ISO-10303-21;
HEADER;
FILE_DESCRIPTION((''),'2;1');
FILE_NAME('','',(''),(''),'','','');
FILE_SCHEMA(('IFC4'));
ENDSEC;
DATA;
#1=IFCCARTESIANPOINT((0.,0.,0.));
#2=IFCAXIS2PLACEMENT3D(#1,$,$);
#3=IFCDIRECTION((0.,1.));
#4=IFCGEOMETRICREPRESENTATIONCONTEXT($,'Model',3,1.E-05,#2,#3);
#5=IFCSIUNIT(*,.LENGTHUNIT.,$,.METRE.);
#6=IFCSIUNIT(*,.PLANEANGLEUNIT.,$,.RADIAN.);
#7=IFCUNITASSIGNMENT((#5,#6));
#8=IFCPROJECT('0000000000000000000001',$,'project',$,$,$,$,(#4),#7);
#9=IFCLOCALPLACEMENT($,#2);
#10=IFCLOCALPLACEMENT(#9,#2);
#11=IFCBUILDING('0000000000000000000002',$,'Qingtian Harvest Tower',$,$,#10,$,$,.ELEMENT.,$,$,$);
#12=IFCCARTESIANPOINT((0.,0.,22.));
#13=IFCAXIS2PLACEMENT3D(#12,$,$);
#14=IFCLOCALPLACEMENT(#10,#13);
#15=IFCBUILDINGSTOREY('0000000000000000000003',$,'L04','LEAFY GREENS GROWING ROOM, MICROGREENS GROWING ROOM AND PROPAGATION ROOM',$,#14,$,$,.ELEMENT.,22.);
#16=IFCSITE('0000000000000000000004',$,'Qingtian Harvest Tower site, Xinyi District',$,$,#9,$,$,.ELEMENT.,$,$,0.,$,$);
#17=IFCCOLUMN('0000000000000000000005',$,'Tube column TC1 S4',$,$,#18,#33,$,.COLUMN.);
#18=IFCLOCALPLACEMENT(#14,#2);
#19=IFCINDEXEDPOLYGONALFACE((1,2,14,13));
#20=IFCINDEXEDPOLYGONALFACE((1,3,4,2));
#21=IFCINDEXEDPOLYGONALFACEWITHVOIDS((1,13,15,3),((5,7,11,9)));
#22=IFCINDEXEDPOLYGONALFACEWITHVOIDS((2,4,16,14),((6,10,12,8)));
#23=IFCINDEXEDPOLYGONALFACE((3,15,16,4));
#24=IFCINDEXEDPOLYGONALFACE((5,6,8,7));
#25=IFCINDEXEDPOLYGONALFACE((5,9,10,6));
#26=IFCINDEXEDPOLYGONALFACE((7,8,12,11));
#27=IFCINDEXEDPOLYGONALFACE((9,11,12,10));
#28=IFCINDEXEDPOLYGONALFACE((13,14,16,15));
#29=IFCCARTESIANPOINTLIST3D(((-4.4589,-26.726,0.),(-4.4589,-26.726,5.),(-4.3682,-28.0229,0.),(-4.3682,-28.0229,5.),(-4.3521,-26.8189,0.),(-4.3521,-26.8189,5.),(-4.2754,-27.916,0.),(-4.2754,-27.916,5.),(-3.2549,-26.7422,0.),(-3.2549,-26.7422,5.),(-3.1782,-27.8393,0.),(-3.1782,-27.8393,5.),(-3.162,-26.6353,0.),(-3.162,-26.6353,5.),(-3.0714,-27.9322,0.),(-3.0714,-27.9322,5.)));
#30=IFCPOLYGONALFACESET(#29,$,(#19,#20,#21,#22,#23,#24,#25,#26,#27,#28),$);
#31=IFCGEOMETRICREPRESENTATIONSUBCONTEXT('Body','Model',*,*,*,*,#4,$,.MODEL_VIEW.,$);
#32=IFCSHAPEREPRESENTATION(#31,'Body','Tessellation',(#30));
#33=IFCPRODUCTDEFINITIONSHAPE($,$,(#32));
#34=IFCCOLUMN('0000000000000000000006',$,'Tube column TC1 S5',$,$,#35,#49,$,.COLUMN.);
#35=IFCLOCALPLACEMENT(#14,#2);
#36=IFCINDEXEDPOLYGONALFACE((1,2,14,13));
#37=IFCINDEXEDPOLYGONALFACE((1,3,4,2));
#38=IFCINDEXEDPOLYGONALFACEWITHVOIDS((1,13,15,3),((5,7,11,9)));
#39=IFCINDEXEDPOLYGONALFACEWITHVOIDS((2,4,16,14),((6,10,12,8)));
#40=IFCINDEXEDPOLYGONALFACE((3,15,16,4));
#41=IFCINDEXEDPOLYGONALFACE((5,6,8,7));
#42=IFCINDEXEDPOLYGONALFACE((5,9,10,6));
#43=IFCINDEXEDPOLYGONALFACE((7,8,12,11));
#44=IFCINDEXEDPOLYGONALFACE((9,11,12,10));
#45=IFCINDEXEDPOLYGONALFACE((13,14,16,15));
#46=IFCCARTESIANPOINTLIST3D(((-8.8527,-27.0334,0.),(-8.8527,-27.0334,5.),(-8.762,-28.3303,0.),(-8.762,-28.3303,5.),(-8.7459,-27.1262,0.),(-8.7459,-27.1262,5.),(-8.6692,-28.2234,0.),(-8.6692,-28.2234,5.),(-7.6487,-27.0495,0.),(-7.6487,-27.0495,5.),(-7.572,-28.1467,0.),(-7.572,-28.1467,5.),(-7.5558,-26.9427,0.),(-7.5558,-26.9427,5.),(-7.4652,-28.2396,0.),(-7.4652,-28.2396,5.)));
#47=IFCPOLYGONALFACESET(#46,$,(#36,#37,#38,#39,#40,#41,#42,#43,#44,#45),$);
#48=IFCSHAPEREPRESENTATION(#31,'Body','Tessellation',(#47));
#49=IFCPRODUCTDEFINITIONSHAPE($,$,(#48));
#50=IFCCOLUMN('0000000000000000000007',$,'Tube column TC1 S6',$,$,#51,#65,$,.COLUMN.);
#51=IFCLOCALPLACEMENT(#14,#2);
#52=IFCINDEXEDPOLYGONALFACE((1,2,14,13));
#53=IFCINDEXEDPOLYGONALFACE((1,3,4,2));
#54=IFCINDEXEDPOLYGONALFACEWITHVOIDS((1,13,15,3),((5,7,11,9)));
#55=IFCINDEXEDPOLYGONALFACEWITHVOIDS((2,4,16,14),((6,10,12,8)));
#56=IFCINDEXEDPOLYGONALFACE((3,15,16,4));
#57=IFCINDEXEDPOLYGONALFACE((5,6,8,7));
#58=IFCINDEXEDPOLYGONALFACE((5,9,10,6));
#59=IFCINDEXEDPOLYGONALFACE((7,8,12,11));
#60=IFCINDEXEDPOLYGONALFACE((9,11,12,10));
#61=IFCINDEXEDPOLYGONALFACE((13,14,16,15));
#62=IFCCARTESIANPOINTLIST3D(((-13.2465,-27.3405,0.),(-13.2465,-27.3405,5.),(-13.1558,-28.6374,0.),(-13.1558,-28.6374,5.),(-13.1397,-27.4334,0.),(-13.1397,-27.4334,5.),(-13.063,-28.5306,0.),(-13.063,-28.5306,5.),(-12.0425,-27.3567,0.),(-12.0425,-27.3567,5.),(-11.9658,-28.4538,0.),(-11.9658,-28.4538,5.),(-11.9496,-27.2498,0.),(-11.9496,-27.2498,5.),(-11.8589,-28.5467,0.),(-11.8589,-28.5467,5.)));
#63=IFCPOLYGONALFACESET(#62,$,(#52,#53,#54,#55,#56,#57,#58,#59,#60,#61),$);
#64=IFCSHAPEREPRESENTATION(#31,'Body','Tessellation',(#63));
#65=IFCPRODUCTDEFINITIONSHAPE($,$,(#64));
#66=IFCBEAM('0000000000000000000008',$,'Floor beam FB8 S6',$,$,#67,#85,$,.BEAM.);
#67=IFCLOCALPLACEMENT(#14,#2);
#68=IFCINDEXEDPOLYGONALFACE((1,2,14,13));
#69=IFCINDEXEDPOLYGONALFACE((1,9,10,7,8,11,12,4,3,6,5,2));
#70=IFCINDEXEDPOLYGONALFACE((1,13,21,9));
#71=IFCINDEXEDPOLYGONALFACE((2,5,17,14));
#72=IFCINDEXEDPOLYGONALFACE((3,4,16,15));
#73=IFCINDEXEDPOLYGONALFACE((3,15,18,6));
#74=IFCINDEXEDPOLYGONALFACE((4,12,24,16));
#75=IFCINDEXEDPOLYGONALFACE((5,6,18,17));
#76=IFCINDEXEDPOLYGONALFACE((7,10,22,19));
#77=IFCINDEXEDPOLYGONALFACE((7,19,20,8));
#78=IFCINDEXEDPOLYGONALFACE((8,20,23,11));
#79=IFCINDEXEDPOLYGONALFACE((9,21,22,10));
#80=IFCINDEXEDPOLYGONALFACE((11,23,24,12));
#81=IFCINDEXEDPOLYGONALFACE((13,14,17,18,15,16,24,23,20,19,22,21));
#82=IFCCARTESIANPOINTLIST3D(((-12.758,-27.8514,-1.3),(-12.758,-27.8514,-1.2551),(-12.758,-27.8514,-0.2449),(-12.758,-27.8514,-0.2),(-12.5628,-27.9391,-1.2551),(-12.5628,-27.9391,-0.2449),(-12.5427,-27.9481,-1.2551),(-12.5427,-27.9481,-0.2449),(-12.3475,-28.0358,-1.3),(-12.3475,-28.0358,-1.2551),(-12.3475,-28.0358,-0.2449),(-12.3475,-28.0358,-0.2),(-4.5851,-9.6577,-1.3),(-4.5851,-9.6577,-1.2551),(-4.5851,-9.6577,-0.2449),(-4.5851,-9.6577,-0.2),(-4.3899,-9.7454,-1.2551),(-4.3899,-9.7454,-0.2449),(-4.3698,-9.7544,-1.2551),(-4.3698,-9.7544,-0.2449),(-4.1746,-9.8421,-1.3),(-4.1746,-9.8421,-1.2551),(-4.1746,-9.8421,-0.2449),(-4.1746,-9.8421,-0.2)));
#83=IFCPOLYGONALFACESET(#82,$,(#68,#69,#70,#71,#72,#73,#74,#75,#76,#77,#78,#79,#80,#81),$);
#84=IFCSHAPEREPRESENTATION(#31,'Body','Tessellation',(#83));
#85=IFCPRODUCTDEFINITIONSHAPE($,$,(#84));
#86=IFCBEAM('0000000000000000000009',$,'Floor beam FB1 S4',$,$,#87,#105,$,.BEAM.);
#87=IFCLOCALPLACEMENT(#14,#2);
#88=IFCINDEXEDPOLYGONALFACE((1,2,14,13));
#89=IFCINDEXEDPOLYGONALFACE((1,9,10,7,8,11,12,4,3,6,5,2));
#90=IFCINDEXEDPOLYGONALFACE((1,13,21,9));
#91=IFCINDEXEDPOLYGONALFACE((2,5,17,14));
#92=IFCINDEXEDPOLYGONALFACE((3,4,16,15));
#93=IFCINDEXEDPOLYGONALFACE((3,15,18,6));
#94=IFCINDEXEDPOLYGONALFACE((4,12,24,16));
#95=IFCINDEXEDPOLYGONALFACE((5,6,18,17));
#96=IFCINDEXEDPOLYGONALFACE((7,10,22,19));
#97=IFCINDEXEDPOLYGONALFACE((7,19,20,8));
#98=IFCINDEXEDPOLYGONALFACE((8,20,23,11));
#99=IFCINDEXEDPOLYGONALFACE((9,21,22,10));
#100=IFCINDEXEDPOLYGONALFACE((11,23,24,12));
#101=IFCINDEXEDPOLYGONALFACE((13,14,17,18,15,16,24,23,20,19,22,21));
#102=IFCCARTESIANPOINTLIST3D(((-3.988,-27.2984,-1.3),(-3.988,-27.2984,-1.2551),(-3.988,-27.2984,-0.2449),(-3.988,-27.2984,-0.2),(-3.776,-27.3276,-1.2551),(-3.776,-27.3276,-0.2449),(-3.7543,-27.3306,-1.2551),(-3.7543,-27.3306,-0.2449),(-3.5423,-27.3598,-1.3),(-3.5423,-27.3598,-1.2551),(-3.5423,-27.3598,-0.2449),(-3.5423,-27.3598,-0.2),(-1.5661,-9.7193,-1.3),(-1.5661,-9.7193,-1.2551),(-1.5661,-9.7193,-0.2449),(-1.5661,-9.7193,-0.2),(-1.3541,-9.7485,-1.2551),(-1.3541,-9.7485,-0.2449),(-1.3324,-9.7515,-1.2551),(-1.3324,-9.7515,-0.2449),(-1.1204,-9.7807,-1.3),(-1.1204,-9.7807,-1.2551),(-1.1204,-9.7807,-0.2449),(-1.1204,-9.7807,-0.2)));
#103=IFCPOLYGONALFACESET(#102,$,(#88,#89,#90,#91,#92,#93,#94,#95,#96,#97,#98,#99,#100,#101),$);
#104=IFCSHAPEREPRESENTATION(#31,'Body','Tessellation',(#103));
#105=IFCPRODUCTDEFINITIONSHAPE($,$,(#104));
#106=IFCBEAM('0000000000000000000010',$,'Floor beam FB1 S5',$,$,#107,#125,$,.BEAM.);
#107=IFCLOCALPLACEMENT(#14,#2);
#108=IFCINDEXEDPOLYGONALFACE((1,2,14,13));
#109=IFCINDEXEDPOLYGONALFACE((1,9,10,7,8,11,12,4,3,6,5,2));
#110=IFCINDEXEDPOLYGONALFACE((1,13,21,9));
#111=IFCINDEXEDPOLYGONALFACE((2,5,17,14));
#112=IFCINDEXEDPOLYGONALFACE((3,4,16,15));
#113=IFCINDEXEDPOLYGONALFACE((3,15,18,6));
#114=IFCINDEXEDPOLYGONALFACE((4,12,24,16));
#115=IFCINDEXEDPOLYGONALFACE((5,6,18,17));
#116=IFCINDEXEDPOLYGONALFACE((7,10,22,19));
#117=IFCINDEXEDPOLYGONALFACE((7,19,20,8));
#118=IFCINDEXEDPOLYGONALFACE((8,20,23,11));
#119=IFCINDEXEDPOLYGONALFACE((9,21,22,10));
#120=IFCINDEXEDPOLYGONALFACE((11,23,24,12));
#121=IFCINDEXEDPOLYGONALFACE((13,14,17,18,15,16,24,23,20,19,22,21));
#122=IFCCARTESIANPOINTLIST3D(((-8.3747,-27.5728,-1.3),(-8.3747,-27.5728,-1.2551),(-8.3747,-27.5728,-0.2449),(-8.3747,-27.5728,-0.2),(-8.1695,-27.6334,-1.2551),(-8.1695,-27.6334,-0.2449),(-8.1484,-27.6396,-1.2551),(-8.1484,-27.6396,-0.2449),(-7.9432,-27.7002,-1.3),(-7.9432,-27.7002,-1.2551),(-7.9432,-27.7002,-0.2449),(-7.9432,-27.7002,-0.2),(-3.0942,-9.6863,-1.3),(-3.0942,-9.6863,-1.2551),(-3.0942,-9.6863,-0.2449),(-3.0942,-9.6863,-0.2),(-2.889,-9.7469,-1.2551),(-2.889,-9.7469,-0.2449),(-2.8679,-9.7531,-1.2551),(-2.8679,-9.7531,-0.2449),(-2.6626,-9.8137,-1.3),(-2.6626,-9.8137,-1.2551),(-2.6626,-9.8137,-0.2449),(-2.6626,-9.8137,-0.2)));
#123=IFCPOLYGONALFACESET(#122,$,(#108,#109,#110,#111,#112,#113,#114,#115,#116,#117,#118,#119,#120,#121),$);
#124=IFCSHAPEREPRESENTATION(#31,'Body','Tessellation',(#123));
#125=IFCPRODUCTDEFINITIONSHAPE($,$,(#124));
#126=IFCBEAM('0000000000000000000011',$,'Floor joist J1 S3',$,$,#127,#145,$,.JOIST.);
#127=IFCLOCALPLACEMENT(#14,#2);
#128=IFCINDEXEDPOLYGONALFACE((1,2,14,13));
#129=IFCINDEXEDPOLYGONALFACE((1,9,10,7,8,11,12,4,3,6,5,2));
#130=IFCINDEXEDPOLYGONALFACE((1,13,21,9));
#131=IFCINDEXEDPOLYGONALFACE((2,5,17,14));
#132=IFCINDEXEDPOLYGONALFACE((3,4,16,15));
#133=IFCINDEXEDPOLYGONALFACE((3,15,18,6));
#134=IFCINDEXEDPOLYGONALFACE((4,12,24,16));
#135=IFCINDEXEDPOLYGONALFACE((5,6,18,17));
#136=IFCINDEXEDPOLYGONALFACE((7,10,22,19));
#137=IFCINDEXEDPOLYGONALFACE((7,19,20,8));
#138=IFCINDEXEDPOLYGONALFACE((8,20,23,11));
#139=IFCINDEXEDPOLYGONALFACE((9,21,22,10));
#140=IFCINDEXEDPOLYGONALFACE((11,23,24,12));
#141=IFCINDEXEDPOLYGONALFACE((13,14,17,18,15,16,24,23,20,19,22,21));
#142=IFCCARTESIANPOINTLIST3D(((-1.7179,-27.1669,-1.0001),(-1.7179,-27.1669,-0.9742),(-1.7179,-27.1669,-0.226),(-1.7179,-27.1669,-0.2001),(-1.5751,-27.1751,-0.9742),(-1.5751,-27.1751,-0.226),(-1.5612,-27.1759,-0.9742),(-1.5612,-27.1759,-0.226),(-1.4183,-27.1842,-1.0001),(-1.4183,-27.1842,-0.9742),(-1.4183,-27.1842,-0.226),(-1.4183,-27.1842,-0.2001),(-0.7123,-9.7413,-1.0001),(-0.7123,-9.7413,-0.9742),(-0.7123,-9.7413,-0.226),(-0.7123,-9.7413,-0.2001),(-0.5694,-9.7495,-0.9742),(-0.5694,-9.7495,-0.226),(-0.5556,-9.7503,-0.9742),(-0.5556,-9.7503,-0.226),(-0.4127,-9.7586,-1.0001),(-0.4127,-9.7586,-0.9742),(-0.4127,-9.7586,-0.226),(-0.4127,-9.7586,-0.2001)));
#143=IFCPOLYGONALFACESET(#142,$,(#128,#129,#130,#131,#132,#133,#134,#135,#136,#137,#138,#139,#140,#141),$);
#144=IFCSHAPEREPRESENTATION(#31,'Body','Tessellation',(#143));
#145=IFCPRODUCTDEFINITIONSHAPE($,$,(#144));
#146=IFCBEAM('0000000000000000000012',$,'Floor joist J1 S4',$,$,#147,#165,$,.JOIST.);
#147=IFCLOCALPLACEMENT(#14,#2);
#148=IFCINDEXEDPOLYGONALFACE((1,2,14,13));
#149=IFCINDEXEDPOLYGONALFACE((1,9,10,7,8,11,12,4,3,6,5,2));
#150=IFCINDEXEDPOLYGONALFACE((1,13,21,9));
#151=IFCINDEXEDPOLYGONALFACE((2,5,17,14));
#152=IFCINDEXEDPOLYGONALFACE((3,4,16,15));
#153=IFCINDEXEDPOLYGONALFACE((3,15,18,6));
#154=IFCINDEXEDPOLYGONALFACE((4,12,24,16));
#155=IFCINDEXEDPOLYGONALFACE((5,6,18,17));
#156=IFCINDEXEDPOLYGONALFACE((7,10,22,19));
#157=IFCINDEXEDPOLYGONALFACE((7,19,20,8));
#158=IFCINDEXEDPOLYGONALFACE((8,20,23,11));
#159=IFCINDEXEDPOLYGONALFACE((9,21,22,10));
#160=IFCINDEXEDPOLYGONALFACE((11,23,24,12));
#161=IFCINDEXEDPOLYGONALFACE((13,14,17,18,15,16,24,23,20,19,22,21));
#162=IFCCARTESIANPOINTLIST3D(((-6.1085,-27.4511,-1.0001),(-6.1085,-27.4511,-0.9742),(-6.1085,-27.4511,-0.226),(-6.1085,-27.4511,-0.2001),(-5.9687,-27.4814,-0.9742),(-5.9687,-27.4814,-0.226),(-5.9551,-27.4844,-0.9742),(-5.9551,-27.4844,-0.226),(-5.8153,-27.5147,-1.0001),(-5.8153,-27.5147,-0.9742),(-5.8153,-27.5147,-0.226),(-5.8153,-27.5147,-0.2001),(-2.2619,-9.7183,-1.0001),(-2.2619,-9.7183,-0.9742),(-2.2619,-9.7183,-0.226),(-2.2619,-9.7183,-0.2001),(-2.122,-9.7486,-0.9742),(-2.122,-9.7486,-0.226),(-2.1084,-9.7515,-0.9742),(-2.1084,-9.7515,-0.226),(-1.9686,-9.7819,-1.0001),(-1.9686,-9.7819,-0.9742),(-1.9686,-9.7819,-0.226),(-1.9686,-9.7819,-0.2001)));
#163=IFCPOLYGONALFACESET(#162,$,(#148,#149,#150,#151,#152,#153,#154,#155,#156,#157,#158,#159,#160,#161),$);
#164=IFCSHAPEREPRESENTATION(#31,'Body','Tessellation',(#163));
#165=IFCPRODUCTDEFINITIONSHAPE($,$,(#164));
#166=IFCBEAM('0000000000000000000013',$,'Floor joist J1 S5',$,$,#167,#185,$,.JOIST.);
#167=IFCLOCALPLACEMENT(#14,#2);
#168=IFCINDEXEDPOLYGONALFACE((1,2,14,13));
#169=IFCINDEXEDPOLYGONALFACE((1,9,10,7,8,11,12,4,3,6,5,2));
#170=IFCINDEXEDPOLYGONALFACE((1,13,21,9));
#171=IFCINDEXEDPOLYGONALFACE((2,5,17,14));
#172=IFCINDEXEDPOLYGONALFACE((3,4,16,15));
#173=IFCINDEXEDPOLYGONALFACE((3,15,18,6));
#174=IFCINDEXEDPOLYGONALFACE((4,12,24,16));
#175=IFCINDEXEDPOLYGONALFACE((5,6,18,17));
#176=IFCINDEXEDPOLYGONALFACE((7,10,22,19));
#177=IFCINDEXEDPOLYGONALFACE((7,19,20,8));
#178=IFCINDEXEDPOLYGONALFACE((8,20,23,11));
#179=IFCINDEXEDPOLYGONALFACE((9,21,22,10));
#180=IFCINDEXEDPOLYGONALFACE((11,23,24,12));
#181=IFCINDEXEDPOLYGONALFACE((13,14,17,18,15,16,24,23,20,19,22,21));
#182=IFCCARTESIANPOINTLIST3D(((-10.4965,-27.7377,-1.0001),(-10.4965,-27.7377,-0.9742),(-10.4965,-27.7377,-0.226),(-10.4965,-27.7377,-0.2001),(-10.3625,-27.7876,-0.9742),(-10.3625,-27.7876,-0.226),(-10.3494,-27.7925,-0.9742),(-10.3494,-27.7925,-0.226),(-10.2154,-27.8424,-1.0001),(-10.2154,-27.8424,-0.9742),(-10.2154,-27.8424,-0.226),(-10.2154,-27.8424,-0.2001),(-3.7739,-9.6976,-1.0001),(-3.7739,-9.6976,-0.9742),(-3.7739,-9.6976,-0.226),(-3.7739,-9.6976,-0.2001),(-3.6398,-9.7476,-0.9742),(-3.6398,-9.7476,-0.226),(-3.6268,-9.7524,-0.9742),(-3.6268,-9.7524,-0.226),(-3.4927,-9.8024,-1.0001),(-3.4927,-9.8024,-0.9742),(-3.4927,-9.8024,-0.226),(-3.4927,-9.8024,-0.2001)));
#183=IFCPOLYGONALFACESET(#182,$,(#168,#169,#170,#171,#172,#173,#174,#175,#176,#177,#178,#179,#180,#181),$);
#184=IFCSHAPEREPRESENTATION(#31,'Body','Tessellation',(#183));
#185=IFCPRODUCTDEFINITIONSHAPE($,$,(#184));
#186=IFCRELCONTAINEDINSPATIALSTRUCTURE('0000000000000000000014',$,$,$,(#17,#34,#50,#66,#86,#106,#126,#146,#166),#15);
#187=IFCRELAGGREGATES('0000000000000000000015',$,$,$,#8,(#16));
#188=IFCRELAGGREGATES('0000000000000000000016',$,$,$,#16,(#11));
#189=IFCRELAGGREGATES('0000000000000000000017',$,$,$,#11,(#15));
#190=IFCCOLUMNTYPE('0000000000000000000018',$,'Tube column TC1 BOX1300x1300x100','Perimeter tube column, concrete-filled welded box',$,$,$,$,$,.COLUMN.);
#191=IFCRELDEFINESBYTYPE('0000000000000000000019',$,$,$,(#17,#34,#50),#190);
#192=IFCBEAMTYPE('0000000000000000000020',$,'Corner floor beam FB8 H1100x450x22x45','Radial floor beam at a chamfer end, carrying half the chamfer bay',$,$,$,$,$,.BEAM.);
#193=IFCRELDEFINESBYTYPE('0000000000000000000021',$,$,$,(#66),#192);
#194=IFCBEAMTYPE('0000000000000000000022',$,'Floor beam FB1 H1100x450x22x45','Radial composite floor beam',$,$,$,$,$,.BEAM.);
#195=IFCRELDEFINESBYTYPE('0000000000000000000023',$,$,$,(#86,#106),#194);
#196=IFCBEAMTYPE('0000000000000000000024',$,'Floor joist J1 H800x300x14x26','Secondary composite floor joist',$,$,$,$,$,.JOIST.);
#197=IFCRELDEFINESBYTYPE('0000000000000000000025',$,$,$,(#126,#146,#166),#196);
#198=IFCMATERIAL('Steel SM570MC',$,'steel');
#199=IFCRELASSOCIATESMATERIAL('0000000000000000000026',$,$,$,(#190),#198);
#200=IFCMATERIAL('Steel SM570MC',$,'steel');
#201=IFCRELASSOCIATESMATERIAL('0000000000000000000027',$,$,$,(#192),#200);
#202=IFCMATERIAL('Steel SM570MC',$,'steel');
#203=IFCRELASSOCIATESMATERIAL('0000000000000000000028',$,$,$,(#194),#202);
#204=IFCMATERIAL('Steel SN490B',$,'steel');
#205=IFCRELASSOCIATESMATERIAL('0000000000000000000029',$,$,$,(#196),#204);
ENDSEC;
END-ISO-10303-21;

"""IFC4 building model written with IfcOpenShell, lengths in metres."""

from ifc_helpers import new_model, si_unit, direction, frame, origin, origin_2d, place, context, subcontext, project, spatial, hollow_rectangle, i_section, extrude, material, material_profile, profile_set, type_object, element, save


model = new_model("IFC4")

# Units and contexts
model_context = context("Model", 3, precision=1e-05, world=origin(), true_north=direction((0.0, 1.0)))
body_context = subcontext(model_context, "Body", "Model", "MODEL_VIEW")
ifc_project = project(units=[si_unit("LENGTHUNIT", "METRE"), si_unit("PLANEANGLEUNIT", "RADIAN")], contexts=[model_context])

# Site, building, storey
site_placement = place(None, origin())
site = spatial("IfcSite", under=ifc_project, at=site_placement, Name="Qingtian Harvest Tower site, Xinyi District", CompositionType="ELEMENT", RefElevation=0.0)
building_placement = place(site_placement, origin())
building = spatial("IfcBuilding", under=site, at=building_placement, Name="Qingtian Harvest Tower", CompositionType="ELEMENT")
storey_placement = place(building_placement, frame((0.0, 0.0, 22.0)))
storey = spatial("IfcBuildingStorey", under=building, at=storey_placement, Name="L04", Description="LEAFY GREENS GROWING ROOM, MICROGREENS GROWING ROOM AND PROPAGATION ROOM", CompositionType="ELEMENT", Elevation=22.0)

# Columns
ifc_material_1 = material(Name="Steel SM570MC", Category="steel")
ifc_material_profile_1 = material_profile(ifc_material_1, hollow_rectangle(XDim=1.3, YDim=1.3, WallThickness=0.1001, at=origin_2d()), Name="BOX1300x1300x100")
ifc_profile_set_1 = profile_set([ifc_material_profile_1], Name="Steel SM570MC")
column_type = type_object("IfcColumnType", Name="Tube column TC1 BOX1300x1300x100", Description="Perimeter tube column, concrete-filled welded box", PredefinedType="COLUMN", material=ifc_profile_set_1)
for number, where, z_axis, x_axis, name in (
    (1, (-3.7651, -27.3291, 0.0), (0.0, 0.0, 1.0), (0.997564, 0.069756, 0.0), "Tube column TC1 S4"),
    (2, (-8.1589, -27.6365, 0.0), (0.0, 0.0, 1.0), (0.997564, 0.069756, 0.0), "Tube column TC1 S5"),
    (3, (-12.5527, -27.9436, 0.0), (0.0, 0.0, 1.0), (0.997564, 0.069756, 0.0), "Tube column TC1 S6"),
):
    element("IfcColumn", number, at=place(storey_placement, frame(where, z_axis=z_axis, x_axis=x_axis)), inside=storey, type_object=column_type, Name=name, PredefinedType="COLUMN", context=body_context, shape_type="SweptSolid", body=[
        extrude(hollow_rectangle(XDim=1.3, YDim=1.3, WallThickness=0.1001, at=origin_2d()), origin(), (0.0, 0.0, 1.0), 5.0),
    ])

# Beams
ifc_material_2 = material(Name="Steel SM570MC", Category="steel")
ifc_material_profile_2 = material_profile(ifc_material_2, i_section(OverallWidth=0.45, OverallDepth=1.1001, WebThickness=0.022, FlangeThickness=0.0449, at=origin_2d()), Name="H1100x450x22x45")
ifc_profile_set_2 = profile_set([ifc_material_profile_2], Name="Steel SM570MC")
beam_type_1 = type_object("IfcBeamType", Name="Corner floor beam FB8 H1100x450x22x45", Description="Radial floor beam at a chamfer end, carrying half the chamfer bay", PredefinedType="BEAM", material=ifc_profile_set_2)
beam_1_placement = place(storey_placement, frame((-12.5527, -27.9436, -0.75), z_axis=(0.40977, 0.912189, 0.0), x_axis=(-0.912189, 0.40977, 0.0)))
element("IfcBeam", 4, at=beam_1_placement, inside=storey, type_object=beam_type_1, Name="Floor beam FB8 S6", PredefinedType="BEAM", context=body_context, shape_type="SweptSolid", body=[
    extrude(i_section(OverallWidth=0.45, OverallDepth=1.1001, WebThickness=0.022, FlangeThickness=0.0449, at=origin_2d()), origin(), (0.0, 0.0, 1.0), 19.9451),
])
ifc_material_3 = material(Name="Steel SM570MC", Category="steel")
ifc_material_profile_3 = material_profile(ifc_material_3, i_section(OverallWidth=0.45, OverallDepth=1.1001, WebThickness=0.022, FlangeThickness=0.0449, at=origin_2d()), Name="H1100x450x22x45")
ifc_profile_set_3 = profile_set([ifc_material_profile_3], Name="Steel SM570MC")
beam_type_2 = type_object("IfcBeamType", Name="Floor beam FB1 H1100x450x22x45", Description="Radial composite floor beam", PredefinedType="BEAM", material=ifc_profile_set_3)
beam_2_placement = place(storey_placement, frame((-3.7651, -27.3291, -0.75), z_axis=(0.136481, 0.990643, 0.0), x_axis=(-0.990643, 0.136481, 0.0)))
element("IfcBeam", 5, at=beam_2_placement, inside=storey, type_object=beam_type_2, Name="Floor beam FB1 S4", PredefinedType="BEAM", context=body_context, shape_type="SweptSolid", body=[
    extrude(i_section(OverallWidth=0.45, OverallDepth=1.1001, WebThickness=0.022, FlangeThickness=0.0449, at=origin_2d()), origin(), (0.0, 0.0, 1.0), 17.7451),
])
beam_3_placement = place(storey_placement, frame((-8.1589, -27.6365, -0.75), z_axis=(0.283143, 0.959078, 0.0), x_axis=(-0.959078, 0.283143, 0.0)))
element("IfcBeam", 6, at=beam_3_placement, inside=storey, type_object=beam_type_2, Name="Floor beam FB1 S5", PredefinedType="BEAM", context=body_context, shape_type="SweptSolid", body=[
    extrude(i_section(OverallWidth=0.45, OverallDepth=1.1001, WebThickness=0.022, FlangeThickness=0.0449, at=origin_2d()), origin(), (0.0, 0.0, 1.0), 18.6497),
])
ifc_material_4 = material(Name="Steel SN490B", Category="steel")
ifc_material_profile_4 = material_profile(ifc_material_4, i_section(OverallWidth=0.3, OverallDepth=0.8, WebThickness=0.0139, FlangeThickness=0.0259, at=origin_2d()), Name="H800x300x14x26")
ifc_profile_set_4 = profile_set([ifc_material_profile_4], Name="Steel SN490B")
beam_type_3 = type_object("IfcBeamType", Name="Floor joist J1 H800x300x14x26", Description="Secondary composite floor joist", PredefinedType="JOIST", material=ifc_profile_set_4)
beam_4_placement = place(storey_placement, frame((-1.5681, -27.1755, -0.6001), z_axis=(0.057613, 0.998339, 0.0), x_axis=(-0.998339, 0.057613, 0.0)))
element("IfcBeam", 7, at=beam_4_placement, inside=storey, type_object=beam_type_3, Name="Floor joist J1 S3", PredefinedType="JOIST", context=body_context, shape_type="SweptSolid", body=[
    extrude(i_section(OverallWidth=0.3, OverallDepth=0.8, WebThickness=0.0139, FlangeThickness=0.0259, at=origin_2d()), origin(), (0.0, 0.0, 1.0), 17.4546),
])
beam_5_placement = place(storey_placement, frame((-5.9619, -27.4829, -0.6001), z_axis=(0.211993, 0.977271, 0.0), x_axis=(-0.977271, 0.211993, 0.0)))
element("IfcBeam", 8, at=beam_5_placement, inside=storey, type_object=beam_type_3, Name="Floor joist J1 S4", PredefinedType="JOIST", context=body_context, shape_type="SweptSolid", body=[
    extrude(i_section(OverallWidth=0.3, OverallDepth=0.8, WebThickness=0.0139, FlangeThickness=0.0259, at=origin_2d()), origin(), (0.0, 0.0, 1.0), 18.1453),
])
beam_6_placement = place(storey_placement, frame((-10.356, -27.79, -0.6001), z_axis=(0.349194, 0.937051, 0.0), x_axis=(-0.937051, 0.349194, 0.0)))
element("IfcBeam", 9, at=beam_6_placement, inside=storey, type_object=beam_type_3, Name="Floor joist J1 S5", PredefinedType="JOIST", context=body_context, shape_type="SweptSolid", body=[
    extrude(i_section(OverallWidth=0.3, OverallDepth=0.8, WebThickness=0.0139, FlangeThickness=0.0259, at=origin_2d()), origin(), (0.0, 0.0, 1.0), 19.252),
])

save(model, "model.ifc")
